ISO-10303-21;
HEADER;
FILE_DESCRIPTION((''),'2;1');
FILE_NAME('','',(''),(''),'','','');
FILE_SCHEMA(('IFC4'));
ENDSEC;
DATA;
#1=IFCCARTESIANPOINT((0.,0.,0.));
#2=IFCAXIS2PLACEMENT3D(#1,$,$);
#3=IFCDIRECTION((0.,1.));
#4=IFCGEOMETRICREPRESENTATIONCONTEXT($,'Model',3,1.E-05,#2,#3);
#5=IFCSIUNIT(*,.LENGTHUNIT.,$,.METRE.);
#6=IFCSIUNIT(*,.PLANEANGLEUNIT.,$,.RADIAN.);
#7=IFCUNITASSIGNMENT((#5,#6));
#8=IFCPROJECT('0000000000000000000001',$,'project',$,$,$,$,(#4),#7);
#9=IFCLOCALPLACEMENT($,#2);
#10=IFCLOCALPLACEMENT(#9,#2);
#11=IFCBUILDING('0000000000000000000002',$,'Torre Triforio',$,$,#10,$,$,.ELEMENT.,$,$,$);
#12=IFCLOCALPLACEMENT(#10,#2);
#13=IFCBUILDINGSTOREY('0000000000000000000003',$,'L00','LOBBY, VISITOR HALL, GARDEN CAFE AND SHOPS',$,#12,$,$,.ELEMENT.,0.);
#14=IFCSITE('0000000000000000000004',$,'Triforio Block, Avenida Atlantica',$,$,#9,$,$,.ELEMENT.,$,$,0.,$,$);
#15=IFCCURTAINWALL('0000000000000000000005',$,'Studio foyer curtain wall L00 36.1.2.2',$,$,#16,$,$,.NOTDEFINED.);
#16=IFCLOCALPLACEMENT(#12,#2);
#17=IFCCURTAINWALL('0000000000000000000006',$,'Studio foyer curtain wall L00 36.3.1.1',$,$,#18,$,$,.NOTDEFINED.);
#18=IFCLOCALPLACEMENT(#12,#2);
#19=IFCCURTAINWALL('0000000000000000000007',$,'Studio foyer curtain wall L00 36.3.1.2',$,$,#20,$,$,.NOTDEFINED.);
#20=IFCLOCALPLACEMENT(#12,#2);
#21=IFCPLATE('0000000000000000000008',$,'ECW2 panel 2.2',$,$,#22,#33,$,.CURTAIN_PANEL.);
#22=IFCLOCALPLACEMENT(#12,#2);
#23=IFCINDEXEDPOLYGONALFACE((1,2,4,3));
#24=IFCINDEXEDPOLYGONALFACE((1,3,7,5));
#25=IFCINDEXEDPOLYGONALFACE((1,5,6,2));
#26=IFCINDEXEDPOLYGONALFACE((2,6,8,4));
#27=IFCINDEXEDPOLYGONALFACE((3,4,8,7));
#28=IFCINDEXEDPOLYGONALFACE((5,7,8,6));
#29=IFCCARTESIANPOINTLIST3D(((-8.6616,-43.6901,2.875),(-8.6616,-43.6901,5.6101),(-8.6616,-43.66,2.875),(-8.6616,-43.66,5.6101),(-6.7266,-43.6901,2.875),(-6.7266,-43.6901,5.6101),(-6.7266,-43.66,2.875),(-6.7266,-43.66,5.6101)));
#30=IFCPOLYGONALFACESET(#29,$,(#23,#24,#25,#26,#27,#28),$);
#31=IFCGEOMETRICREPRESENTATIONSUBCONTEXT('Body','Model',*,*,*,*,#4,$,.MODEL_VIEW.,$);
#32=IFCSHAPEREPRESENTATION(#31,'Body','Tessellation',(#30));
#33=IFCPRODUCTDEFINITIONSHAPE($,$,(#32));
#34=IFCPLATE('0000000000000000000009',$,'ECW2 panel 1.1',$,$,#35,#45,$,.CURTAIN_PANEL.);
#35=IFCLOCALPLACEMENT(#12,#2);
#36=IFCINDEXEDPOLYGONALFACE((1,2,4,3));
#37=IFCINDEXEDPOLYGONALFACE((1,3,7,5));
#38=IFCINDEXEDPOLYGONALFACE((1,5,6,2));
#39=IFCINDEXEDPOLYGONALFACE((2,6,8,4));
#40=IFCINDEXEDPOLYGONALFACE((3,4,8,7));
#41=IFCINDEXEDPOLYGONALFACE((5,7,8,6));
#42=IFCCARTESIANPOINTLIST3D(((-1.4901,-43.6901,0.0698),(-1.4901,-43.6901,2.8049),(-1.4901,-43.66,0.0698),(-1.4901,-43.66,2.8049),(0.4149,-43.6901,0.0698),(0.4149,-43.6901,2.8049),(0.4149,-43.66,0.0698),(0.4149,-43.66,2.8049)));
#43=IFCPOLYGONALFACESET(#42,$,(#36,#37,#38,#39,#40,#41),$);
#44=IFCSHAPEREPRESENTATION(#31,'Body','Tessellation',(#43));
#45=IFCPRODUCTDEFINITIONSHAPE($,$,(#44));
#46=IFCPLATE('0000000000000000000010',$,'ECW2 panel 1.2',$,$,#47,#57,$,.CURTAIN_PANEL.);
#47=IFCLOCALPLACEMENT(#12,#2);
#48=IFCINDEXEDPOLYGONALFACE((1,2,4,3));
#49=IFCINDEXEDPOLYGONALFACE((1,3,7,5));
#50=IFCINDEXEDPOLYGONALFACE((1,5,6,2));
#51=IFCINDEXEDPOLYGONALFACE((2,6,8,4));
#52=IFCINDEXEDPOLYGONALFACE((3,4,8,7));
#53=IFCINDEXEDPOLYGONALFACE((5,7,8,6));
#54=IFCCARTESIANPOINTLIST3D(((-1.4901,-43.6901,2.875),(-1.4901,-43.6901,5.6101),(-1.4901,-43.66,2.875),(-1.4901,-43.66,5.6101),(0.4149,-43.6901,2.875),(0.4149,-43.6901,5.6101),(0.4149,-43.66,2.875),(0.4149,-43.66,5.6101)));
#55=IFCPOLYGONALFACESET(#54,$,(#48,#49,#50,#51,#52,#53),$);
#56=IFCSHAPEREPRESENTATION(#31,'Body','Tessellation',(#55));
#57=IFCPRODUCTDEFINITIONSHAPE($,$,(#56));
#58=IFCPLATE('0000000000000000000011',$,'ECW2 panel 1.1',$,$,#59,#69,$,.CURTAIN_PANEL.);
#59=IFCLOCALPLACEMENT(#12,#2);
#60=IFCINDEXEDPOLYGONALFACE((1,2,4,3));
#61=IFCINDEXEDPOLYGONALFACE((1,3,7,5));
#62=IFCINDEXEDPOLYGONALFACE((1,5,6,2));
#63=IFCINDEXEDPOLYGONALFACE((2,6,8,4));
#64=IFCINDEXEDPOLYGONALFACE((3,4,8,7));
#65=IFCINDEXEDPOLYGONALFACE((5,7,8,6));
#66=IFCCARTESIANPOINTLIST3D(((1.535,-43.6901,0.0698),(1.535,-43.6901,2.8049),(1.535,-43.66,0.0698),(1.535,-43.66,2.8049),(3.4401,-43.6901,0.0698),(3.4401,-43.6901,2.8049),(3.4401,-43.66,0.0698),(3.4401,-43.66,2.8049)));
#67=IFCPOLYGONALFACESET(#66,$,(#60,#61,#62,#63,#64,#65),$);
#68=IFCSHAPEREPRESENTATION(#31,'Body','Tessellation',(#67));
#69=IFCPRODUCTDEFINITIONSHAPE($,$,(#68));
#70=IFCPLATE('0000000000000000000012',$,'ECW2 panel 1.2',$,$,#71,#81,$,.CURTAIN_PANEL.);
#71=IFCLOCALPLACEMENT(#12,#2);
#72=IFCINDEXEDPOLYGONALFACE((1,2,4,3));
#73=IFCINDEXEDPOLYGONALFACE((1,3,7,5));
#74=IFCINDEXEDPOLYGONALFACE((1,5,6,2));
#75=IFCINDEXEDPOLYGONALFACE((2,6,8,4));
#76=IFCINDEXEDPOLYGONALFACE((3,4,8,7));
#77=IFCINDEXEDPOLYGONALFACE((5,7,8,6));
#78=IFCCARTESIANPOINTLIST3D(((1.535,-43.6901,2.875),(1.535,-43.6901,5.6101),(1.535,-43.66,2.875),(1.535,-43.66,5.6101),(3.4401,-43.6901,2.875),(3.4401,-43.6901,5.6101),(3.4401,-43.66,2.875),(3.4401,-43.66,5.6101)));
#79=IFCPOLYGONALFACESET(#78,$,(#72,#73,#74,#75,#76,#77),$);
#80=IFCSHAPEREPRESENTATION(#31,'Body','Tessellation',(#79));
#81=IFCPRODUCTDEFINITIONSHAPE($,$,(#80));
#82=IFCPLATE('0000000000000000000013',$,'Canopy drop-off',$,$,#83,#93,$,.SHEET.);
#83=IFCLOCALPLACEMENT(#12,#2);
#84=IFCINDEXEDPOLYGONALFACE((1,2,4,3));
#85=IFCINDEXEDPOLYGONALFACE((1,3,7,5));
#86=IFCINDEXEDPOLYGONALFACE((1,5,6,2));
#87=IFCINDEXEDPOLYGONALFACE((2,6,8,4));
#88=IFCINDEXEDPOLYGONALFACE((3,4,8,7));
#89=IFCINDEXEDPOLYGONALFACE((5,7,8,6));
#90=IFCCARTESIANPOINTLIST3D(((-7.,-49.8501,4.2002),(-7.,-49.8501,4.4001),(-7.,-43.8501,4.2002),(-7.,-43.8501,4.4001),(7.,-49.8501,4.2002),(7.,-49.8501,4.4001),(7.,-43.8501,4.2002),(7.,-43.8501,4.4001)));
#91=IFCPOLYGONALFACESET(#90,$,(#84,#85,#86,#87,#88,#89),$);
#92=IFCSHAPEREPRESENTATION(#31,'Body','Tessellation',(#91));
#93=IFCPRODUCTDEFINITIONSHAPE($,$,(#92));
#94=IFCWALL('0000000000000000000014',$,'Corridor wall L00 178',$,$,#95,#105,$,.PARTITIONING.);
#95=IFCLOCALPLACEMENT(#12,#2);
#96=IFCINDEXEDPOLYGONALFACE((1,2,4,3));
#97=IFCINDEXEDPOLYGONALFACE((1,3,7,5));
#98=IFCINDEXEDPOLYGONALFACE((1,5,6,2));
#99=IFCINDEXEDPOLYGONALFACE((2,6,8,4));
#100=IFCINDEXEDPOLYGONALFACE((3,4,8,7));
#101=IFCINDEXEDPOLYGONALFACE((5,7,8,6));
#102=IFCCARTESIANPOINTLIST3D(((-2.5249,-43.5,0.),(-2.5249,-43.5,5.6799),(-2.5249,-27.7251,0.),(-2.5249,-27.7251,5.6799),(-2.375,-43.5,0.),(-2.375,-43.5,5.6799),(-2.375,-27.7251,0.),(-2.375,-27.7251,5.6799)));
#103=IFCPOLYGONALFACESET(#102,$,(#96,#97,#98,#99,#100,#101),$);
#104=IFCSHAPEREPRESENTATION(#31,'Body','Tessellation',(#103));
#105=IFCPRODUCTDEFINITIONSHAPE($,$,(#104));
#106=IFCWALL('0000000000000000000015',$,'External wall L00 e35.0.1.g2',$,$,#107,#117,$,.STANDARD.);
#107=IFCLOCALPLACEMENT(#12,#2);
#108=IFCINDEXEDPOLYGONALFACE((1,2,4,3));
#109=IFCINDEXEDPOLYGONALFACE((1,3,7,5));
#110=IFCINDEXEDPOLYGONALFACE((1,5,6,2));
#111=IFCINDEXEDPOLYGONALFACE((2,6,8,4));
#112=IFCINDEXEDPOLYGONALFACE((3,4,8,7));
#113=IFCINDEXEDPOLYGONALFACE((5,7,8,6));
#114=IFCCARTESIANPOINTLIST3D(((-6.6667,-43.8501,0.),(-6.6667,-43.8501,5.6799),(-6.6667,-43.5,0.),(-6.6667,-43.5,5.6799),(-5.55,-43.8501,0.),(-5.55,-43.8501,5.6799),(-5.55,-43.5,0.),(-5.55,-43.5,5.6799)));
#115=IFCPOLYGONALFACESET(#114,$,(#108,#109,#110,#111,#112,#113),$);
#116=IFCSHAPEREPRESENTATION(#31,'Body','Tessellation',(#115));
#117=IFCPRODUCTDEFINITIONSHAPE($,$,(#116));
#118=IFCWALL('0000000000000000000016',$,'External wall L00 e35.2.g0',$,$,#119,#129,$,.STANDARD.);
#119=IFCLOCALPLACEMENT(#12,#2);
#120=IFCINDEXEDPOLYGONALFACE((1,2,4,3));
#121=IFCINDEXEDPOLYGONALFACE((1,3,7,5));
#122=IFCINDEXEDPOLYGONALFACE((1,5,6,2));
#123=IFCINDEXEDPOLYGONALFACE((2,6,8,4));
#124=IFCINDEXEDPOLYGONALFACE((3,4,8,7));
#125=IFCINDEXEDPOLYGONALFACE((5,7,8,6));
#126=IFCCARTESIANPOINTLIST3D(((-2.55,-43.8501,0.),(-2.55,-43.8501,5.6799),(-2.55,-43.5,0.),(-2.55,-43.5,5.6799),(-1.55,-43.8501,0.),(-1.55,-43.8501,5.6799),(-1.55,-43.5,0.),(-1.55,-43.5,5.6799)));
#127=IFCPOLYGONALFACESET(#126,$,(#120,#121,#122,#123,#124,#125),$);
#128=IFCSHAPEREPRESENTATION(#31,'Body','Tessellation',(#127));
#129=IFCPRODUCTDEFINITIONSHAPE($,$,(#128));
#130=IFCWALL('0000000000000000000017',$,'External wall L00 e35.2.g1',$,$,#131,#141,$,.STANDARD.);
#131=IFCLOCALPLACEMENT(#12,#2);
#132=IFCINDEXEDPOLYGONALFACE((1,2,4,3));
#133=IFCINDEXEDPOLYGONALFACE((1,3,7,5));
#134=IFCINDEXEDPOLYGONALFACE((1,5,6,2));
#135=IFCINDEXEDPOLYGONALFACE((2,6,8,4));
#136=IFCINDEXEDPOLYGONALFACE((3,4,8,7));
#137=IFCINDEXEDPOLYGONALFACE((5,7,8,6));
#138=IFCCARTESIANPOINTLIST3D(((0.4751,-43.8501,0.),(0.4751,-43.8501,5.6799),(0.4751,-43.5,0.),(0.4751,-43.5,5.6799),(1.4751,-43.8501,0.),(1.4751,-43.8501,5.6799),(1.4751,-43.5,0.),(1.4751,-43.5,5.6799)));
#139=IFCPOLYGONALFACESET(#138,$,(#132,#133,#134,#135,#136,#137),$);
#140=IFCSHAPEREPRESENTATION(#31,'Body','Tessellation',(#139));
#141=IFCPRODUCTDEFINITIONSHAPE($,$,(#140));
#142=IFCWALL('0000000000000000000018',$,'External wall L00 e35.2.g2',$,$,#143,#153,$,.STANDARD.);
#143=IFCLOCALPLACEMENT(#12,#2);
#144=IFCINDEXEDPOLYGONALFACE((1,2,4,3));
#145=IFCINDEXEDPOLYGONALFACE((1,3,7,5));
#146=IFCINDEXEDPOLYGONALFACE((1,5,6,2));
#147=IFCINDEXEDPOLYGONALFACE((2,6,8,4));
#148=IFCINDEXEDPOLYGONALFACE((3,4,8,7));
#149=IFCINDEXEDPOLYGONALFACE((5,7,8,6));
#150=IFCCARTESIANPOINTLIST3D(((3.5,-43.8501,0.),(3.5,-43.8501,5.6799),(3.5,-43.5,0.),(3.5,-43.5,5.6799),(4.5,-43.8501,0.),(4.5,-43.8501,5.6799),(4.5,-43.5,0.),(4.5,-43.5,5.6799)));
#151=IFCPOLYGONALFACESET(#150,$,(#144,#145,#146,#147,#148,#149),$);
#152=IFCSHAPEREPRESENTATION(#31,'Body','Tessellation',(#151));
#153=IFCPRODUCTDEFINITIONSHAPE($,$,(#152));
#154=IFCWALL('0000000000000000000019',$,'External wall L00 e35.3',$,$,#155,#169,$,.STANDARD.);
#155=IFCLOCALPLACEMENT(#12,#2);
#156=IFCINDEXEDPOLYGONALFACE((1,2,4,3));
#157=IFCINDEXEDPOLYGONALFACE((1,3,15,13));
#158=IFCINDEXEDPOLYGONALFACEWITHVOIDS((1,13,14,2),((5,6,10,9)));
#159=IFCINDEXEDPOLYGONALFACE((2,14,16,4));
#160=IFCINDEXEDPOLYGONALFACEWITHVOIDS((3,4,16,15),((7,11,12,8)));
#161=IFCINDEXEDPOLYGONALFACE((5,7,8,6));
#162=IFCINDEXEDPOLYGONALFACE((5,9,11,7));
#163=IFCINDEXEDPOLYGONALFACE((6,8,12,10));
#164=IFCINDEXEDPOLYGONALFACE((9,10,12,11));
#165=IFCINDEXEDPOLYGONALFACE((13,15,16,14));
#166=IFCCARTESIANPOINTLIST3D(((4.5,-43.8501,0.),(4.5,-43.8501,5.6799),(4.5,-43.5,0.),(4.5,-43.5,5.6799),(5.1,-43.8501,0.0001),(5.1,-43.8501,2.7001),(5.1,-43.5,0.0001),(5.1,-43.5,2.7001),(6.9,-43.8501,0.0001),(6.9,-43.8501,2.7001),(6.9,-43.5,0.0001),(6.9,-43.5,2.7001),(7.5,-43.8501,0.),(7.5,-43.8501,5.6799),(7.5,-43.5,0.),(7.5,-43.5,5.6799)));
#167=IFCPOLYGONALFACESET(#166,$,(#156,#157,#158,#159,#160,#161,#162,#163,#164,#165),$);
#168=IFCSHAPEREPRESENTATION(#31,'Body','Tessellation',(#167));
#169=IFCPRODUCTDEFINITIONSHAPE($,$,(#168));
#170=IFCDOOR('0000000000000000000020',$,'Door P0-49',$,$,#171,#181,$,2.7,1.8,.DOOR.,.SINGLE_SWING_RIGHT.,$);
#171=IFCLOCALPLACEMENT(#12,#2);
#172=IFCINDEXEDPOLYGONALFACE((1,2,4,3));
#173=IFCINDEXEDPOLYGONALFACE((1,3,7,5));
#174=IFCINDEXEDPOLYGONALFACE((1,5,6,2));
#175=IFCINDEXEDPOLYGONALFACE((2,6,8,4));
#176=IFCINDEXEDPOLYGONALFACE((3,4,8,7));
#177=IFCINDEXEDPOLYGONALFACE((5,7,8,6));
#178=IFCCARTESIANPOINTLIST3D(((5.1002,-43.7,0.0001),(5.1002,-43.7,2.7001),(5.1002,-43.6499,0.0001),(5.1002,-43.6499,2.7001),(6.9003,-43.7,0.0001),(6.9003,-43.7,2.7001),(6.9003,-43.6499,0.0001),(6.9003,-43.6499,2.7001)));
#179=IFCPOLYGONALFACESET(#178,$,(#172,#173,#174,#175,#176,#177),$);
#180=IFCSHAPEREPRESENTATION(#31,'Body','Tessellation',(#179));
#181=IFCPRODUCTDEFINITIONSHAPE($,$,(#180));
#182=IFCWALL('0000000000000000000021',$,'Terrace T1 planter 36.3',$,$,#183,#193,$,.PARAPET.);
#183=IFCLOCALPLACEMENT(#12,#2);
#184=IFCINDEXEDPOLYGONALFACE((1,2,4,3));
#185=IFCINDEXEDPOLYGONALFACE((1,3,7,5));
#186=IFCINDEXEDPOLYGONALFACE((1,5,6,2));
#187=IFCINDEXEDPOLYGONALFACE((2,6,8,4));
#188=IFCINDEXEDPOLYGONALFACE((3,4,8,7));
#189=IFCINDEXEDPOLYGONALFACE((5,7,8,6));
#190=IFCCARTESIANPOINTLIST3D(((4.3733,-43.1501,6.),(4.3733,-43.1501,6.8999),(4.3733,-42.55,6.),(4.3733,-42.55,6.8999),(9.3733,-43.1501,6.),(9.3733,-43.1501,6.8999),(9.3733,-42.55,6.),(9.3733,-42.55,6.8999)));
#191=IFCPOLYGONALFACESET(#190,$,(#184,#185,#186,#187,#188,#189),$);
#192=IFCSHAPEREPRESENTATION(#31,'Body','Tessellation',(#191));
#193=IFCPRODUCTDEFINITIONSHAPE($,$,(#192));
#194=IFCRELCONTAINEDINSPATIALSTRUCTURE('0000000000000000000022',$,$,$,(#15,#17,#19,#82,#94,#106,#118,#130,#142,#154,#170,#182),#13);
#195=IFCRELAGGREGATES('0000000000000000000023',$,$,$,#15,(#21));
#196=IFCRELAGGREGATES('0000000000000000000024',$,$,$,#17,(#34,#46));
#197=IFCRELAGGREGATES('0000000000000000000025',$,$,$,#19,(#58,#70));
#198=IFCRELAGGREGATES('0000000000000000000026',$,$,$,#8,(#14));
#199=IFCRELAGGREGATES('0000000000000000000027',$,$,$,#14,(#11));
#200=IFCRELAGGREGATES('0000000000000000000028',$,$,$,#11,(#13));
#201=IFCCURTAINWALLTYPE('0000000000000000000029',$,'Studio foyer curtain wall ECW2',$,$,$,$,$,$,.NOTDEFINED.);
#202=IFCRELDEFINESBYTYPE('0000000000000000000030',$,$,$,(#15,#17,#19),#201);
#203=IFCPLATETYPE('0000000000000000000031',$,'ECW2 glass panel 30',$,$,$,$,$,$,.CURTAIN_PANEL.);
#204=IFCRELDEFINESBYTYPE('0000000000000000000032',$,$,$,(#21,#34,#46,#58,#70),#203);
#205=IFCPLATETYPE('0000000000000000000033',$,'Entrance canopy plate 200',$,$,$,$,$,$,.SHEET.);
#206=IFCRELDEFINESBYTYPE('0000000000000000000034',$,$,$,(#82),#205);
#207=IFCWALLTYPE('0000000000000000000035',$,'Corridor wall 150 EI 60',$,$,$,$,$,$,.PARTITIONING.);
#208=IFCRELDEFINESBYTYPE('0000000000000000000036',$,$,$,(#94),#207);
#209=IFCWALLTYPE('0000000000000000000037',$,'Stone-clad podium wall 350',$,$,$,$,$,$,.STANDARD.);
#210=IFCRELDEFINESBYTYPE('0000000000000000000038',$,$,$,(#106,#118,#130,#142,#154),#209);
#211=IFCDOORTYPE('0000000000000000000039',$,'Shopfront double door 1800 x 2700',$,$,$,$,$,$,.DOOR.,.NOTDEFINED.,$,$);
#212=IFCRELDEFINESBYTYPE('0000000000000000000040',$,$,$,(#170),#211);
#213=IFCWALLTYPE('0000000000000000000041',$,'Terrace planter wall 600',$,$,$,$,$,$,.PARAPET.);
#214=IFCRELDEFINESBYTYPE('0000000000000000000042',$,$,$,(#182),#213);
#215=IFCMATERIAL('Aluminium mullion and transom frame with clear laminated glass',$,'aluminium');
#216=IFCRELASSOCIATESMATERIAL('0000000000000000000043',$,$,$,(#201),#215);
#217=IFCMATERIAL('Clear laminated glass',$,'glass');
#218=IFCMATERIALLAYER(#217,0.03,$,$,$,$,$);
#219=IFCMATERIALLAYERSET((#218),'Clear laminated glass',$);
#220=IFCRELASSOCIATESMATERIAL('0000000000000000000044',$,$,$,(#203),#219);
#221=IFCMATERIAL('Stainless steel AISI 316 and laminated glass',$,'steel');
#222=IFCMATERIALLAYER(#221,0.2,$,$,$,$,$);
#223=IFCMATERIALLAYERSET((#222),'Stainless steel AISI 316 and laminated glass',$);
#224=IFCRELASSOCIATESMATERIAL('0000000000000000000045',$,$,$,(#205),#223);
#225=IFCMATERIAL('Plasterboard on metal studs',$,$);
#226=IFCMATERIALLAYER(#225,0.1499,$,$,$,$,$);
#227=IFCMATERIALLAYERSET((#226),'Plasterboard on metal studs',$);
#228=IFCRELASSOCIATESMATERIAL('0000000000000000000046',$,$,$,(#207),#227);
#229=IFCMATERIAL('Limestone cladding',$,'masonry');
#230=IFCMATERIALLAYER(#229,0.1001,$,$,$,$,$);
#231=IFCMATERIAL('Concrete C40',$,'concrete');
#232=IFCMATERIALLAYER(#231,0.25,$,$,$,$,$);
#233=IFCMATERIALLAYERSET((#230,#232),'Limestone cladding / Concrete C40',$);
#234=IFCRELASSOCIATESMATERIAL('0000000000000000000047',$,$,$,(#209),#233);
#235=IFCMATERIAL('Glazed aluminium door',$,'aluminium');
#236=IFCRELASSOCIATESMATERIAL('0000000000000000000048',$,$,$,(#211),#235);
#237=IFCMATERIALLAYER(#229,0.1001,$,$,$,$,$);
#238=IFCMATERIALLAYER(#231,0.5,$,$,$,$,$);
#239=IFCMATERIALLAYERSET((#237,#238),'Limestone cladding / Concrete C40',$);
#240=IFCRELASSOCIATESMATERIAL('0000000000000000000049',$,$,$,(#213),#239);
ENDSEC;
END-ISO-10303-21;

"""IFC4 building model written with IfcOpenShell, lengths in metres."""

from ifc_helpers import new_model, si_unit, direction, frame, frame_2d, origin, origin_2d, place, context, subcontext, project, spatial, rectangle, extrude, material, layer, layer_set, type_object, element, fill, aggregate, save


model = new_model("IFC4")

# Units and contexts
model_context = context("Model", 3, precision=1e-05, world=origin(), true_north=direction((0.0, 1.0)))
body_context = subcontext(model_context, "Body", "Model", "MODEL_VIEW")
ifc_project = project(units=[si_unit("LENGTHUNIT", "METRE"), si_unit("PLANEANGLEUNIT", "RADIAN")], contexts=[model_context])

# Site, building, storey
site_placement = place(None, origin())
site = spatial("IfcSite", under=ifc_project, at=site_placement, Name="Triforio Block, Avenida Atlantica", CompositionType="ELEMENT", RefElevation=0.0)
building_placement = place(site_placement, origin())
building = spatial("IfcBuilding", under=site, at=building_placement, Name="Torre Triforio", CompositionType="ELEMENT")
storey_placement = place(building_placement, origin())
storey = spatial("IfcBuildingStorey", under=building, at=storey_placement, Name="L00", Description="LOBBY, VISITOR HALL, GARDEN CAFE AND SHOPS", CompositionType="ELEMENT", Elevation=0.0)

# Curtain wall
ifc_material_1 = material(Name="Aluminium mullion and transom frame with clear laminated glass", Category="aluminium")
curtain_wall_type = type_object("IfcCurtainWallType", Name="Studio foyer curtain wall ECW2", PredefinedType="NOTDEFINED", material=ifc_material_1)
curtain_wall_1_placement = place(storey_placement, origin())
curtain_wall_1 = element("IfcCurtainWall", 1, at=curtain_wall_1_placement, inside=storey, type_object=curtain_wall_type, Name="Studio foyer curtain wall L00 36.1.2.2", PredefinedType="NOTDEFINED")

# Curtain walls
curtain_wall_2_placement = place(storey_placement, origin())
curtain_wall_2 = element("IfcCurtainWall", 2, at=curtain_wall_2_placement, inside=storey, type_object=curtain_wall_type, Name="Studio foyer curtain wall L00 36.3.1.1", PredefinedType="NOTDEFINED")
curtain_wall_3_placement = place(storey_placement, origin())
curtain_wall_3 = element("IfcCurtainWall", 3, at=curtain_wall_3_placement, inside=storey, type_object=curtain_wall_type, Name="Studio foyer curtain wall L00 36.3.1.2", PredefinedType="NOTDEFINED")

# Plates
ifc_material_2 = material(Name="Clear laminated glass", Category="glass")
ifc_layer_1 = layer(ifc_material_2, 0.03)
ifc_layer_set_1 = layer_set([ifc_layer_1], Name="Clear laminated glass")
plate_type_1 = type_object("IfcPlateType", Name="ECW2 glass panel 30", PredefinedType="CURTAIN_PANEL", material=ifc_layer_set_1)
plate_1_placement = place(storey_placement, frame((-7.6941, -43.675, 2.875), z_axis=(0.0, 0.0, 1.0), x_axis=(1.0, 0.0, 0.0)))
plate_1 = element("IfcPlate", 4, at=plate_1_placement, type_object=plate_type_1, Name="ECW2 panel 2.2", PredefinedType="CURTAIN_PANEL", context=body_context, shape_type="SweptSolid", body=[
    extrude(rectangle(XDim=1.9351, YDim=0.03, at=origin_2d()), origin(), (0.0, 0.0, 1.0), 2.7351),
])
aggregate(curtain_wall_1, [plate_1])
plate_2_placement = place(storey_placement, frame((-0.5376, -43.675, 0.0698), z_axis=(0.0, 0.0, 1.0), x_axis=(1.0, 0.0, 0.0)))
plate_2 = element("IfcPlate", 5, at=plate_2_placement, type_object=plate_type_1, Name="ECW2 panel 1.1", PredefinedType="CURTAIN_PANEL", context=body_context, shape_type="SweptSolid", body=[
    extrude(rectangle(XDim=1.905, YDim=0.03, at=origin_2d()), origin(), (0.0, 0.0, 1.0), 2.7351),
])
plate_3_placement = place(storey_placement, frame((-0.5376, -43.675, 2.875), z_axis=(0.0, 0.0, 1.0), x_axis=(1.0, 0.0, 0.0)))
plate_3 = element("IfcPlate", 6, at=plate_3_placement, type_object=plate_type_1, Name="ECW2 panel 1.2", PredefinedType="CURTAIN_PANEL", context=body_context, shape_type="SweptSolid", body=[
    extrude(rectangle(XDim=1.905, YDim=0.03, at=origin_2d()), origin(), (0.0, 0.0, 1.0), 2.7351),
])
aggregate(curtain_wall_2, [plate_2, plate_3])
plate_4_placement = place(storey_placement, frame((2.4875, -43.675, 0.0698), z_axis=(0.0, 0.0, 1.0), x_axis=(1.0, 0.0, 0.0)))
plate_4 = element("IfcPlate", 7, at=plate_4_placement, type_object=plate_type_1, Name="ECW2 panel 1.1", PredefinedType="CURTAIN_PANEL", context=body_context, shape_type="SweptSolid", body=[
    extrude(rectangle(XDim=1.905, YDim=0.03, at=origin_2d()), origin(), (0.0, 0.0, 1.0), 2.7351),
])
plate_5_placement = place(storey_placement, frame((2.4875, -43.675, 2.875), z_axis=(0.0, 0.0, 1.0), x_axis=(1.0, 0.0, 0.0)))
plate_5 = element("IfcPlate", 8, at=plate_5_placement, type_object=plate_type_1, Name="ECW2 panel 1.2", PredefinedType="CURTAIN_PANEL", context=body_context, shape_type="SweptSolid", body=[
    extrude(rectangle(XDim=1.905, YDim=0.03, at=origin_2d()), origin(), (0.0, 0.0, 1.0), 2.7351),
])
aggregate(curtain_wall_3, [plate_4, plate_5])
ifc_material_3 = material(Name="Stainless steel AISI 316 and laminated glass", Category="steel")
ifc_layer_2 = layer(ifc_material_3, 0.2)
ifc_layer_set_2 = layer_set([ifc_layer_2], Name="Stainless steel AISI 316 and laminated glass")
plate_type_2 = type_object("IfcPlateType", Name="Entrance canopy plate 200", PredefinedType="SHEET", material=ifc_layer_set_2)
plate_6_placement = place(storey_placement, frame((0.0, -46.8501, 4.2002), z_axis=(0.0, 0.0, 1.0), x_axis=(1.0, 0.0, 0.0)))
element("IfcPlate", 9, at=plate_6_placement, inside=storey, type_object=plate_type_2, Name="Canopy drop-off", PredefinedType="SHEET", context=body_context, shape_type="SweptSolid", body=[
    extrude(rectangle(XDim=14.0, YDim=6.0, at=origin_2d()), origin(), (0.0, 0.0, 1.0), 0.2),
])

# Walls
ifc_material_4 = material(Name="Plasterboard on metal studs")
ifc_layer_3 = layer(ifc_material_4, 0.1499)
ifc_layer_set_3 = layer_set([ifc_layer_3], Name="Plasterboard on metal studs")
wall_type_1 = type_object("IfcWallType", Name="Corridor wall 150 EI 60", PredefinedType="PARTITIONING", material=ifc_layer_set_3)
wall_1_placement = place(storey_placement, frame((-2.45, -43.5, 0.0), z_axis=(0.0, 0.0, 1.0), x_axis=(0.0, 1.0, 0.0)))
element("IfcWall", 10, at=wall_1_placement, inside=storey, type_object=wall_type_1, Name="Corridor wall L00 178", PredefinedType="PARTITIONING", context=body_context, shape_type="SweptSolid", body=[
    extrude(rectangle(XDim=15.7749, YDim=0.1499, at=frame_2d((7.8875, 0.0))), origin(), (0.0, 0.0, 1.0), 5.6799),
])
ifc_material_5 = material(Name="Limestone cladding", Category="masonry")
ifc_layer_4 = layer(ifc_material_5, 0.1001)
ifc_material_6 = material(Name="Concrete C40", Category="concrete")
ifc_layer_5 = layer(ifc_material_6, 0.25)
ifc_layer_set_4 = layer_set([ifc_layer_4, ifc_layer_5], Name="Limestone cladding / Concrete C40")
wall_type_2 = type_object("IfcWallType", Name="Stone-clad podium wall 350", PredefinedType="STANDARD", material=ifc_layer_set_4)
wall_2_placement = place(storey_placement, frame((-6.6667, -43.675, 0.0), z_axis=(0.0, 0.0, 1.0), x_axis=(1.0, 0.0, 0.0)))
element("IfcWall", 11, at=wall_2_placement, inside=storey, type_object=wall_type_2, Name="External wall L00 e35.0.1.g2", PredefinedType="STANDARD", context=body_context, shape_type="SweptSolid", body=[
    extrude(rectangle(XDim=1.1167, YDim=0.3501, at=frame_2d((0.5583, 0.0))), origin(), (0.0, 0.0, 1.0), 5.6799),
])

# Walls
for number, where, z_axis, x_axis, name in (
    (12, (-2.55, -43.675, 0.0), (0.0, 0.0, 1.0), (1.0, 0.0, 0.0), "External wall L00 e35.2.g0"),
    (13, (0.4751, -43.675, 0.0), (0.0, 0.0, 1.0), (1.0, 0.0, 0.0), "External wall L00 e35.2.g1"),
    (14, (3.5, -43.675, 0.0), (0.0, 0.0, 1.0), (1.0, 0.0, 0.0), "External wall L00 e35.2.g2"),
):
    element("IfcWall", number, at=place(storey_placement, frame(where, z_axis=z_axis, x_axis=x_axis)), inside=storey, type_object=wall_type_2, Name=name, PredefinedType="STANDARD", context=body_context, shape_type="SweptSolid", body=[
        extrude(rectangle(XDim=1.0, YDim=0.3501, at=frame_2d((0.5, 0.0))), origin(), (0.0, 0.0, 1.0), 5.6799),
    ])

# Wall, opening, door
wall_3_placement = place(storey_placement, frame((4.5, -43.675, 0.0), z_axis=(0.0, 0.0, 1.0), x_axis=(1.0, 0.0, 0.0)))
wall_3 = element("IfcWall", 15, at=wall_3_placement, inside=storey, type_object=wall_type_2, Name="External wall L00 e35.3", PredefinedType="STANDARD", context=body_context, shape_type="SweptSolid", body=[
    extrude(rectangle(XDim=3.0, YDim=0.3501, at=frame_2d((1.5, 0.0))), origin(), (0.0, 0.0, 1.0), 5.6799),
])
opening_1_placement = place(wall_3_placement, frame((0.6001, 0.0, 0.0)))
opening_1 = element("IfcOpeningElement", 16, at=opening_1_placement, cuts=wall_3, PredefinedType="OPENING", context=body_context, shape_type="SweptSolid", body=[
    extrude(rectangle(XDim=1.8, YDim=2.7, at=frame_2d((0.8999, 1.3501))), frame((0.0, 0.1851, 0.0), z_axis=(0.0, -1.0, 0.0), x_axis=(1.0, 0.0, 0.0)), (0.0, 0.0, 1.0), 0.3701),
])
ifc_material_7 = material(Name="Glazed aluminium door", Category="aluminium")
door_type_1 = type_object("IfcDoorType", Name="Shopfront double door 1800 x 2700", OperationType="NOTDEFINED", PredefinedType="DOOR", material=ifc_material_7)
door_1_placement = place(opening_1_placement, frame((1.8, 0.0, 0.0), z_axis=(0.0, 0.0, 1.0), x_axis=(-1.0, 0.0, 0.0)))
door_1 = element("IfcDoor", 17, at=door_1_placement, inside=storey, type_object=door_type_1, Name="Door P0-49", OperationType="SINGLE_SWING_RIGHT", OverallHeight=2.7, OverallWidth=1.8, PredefinedType="DOOR", context=body_context, shape_type="SweptSolid", body=[
    extrude(rectangle(XDim=1.8, YDim=2.7, at=frame_2d((0.8999, 1.3501))), frame((0.0, 0.0249, 0.0), z_axis=(0.0, -1.0, 0.0), x_axis=(1.0, 0.0, 0.0)), (0.0, 0.0, 1.0), 0.05),
])
fill(opening_1, door_1)

# Wall
ifc_layer_6 = layer(ifc_material_5, 0.1001)
ifc_layer_7 = layer(ifc_material_6, 0.5)
ifc_layer_set_5 = layer_set([ifc_layer_6, ifc_layer_7], Name="Limestone cladding / Concrete C40")
wall_type_3 = type_object("IfcWallType", Name="Terrace planter wall 600", PredefinedType="PARAPET", material=ifc_layer_set_5)
wall_4_placement = place(storey_placement, frame((4.3733, -42.8501, 6.0), z_axis=(0.0, 0.0, 1.0), x_axis=(1.0, 0.0, 0.0)))
element("IfcWall", 18, at=wall_4_placement, inside=storey, type_object=wall_type_3, Name="Terrace T1 planter 36.3", PredefinedType="PARAPET", context=body_context, shape_type="SweptSolid", body=[
    extrude(rectangle(XDim=5.0, YDim=0.6001, at=frame_2d((2.5, 0.0))), origin(), (0.0, 0.0, 1.0), 0.8999),
])

save(model, "model.ifc")
